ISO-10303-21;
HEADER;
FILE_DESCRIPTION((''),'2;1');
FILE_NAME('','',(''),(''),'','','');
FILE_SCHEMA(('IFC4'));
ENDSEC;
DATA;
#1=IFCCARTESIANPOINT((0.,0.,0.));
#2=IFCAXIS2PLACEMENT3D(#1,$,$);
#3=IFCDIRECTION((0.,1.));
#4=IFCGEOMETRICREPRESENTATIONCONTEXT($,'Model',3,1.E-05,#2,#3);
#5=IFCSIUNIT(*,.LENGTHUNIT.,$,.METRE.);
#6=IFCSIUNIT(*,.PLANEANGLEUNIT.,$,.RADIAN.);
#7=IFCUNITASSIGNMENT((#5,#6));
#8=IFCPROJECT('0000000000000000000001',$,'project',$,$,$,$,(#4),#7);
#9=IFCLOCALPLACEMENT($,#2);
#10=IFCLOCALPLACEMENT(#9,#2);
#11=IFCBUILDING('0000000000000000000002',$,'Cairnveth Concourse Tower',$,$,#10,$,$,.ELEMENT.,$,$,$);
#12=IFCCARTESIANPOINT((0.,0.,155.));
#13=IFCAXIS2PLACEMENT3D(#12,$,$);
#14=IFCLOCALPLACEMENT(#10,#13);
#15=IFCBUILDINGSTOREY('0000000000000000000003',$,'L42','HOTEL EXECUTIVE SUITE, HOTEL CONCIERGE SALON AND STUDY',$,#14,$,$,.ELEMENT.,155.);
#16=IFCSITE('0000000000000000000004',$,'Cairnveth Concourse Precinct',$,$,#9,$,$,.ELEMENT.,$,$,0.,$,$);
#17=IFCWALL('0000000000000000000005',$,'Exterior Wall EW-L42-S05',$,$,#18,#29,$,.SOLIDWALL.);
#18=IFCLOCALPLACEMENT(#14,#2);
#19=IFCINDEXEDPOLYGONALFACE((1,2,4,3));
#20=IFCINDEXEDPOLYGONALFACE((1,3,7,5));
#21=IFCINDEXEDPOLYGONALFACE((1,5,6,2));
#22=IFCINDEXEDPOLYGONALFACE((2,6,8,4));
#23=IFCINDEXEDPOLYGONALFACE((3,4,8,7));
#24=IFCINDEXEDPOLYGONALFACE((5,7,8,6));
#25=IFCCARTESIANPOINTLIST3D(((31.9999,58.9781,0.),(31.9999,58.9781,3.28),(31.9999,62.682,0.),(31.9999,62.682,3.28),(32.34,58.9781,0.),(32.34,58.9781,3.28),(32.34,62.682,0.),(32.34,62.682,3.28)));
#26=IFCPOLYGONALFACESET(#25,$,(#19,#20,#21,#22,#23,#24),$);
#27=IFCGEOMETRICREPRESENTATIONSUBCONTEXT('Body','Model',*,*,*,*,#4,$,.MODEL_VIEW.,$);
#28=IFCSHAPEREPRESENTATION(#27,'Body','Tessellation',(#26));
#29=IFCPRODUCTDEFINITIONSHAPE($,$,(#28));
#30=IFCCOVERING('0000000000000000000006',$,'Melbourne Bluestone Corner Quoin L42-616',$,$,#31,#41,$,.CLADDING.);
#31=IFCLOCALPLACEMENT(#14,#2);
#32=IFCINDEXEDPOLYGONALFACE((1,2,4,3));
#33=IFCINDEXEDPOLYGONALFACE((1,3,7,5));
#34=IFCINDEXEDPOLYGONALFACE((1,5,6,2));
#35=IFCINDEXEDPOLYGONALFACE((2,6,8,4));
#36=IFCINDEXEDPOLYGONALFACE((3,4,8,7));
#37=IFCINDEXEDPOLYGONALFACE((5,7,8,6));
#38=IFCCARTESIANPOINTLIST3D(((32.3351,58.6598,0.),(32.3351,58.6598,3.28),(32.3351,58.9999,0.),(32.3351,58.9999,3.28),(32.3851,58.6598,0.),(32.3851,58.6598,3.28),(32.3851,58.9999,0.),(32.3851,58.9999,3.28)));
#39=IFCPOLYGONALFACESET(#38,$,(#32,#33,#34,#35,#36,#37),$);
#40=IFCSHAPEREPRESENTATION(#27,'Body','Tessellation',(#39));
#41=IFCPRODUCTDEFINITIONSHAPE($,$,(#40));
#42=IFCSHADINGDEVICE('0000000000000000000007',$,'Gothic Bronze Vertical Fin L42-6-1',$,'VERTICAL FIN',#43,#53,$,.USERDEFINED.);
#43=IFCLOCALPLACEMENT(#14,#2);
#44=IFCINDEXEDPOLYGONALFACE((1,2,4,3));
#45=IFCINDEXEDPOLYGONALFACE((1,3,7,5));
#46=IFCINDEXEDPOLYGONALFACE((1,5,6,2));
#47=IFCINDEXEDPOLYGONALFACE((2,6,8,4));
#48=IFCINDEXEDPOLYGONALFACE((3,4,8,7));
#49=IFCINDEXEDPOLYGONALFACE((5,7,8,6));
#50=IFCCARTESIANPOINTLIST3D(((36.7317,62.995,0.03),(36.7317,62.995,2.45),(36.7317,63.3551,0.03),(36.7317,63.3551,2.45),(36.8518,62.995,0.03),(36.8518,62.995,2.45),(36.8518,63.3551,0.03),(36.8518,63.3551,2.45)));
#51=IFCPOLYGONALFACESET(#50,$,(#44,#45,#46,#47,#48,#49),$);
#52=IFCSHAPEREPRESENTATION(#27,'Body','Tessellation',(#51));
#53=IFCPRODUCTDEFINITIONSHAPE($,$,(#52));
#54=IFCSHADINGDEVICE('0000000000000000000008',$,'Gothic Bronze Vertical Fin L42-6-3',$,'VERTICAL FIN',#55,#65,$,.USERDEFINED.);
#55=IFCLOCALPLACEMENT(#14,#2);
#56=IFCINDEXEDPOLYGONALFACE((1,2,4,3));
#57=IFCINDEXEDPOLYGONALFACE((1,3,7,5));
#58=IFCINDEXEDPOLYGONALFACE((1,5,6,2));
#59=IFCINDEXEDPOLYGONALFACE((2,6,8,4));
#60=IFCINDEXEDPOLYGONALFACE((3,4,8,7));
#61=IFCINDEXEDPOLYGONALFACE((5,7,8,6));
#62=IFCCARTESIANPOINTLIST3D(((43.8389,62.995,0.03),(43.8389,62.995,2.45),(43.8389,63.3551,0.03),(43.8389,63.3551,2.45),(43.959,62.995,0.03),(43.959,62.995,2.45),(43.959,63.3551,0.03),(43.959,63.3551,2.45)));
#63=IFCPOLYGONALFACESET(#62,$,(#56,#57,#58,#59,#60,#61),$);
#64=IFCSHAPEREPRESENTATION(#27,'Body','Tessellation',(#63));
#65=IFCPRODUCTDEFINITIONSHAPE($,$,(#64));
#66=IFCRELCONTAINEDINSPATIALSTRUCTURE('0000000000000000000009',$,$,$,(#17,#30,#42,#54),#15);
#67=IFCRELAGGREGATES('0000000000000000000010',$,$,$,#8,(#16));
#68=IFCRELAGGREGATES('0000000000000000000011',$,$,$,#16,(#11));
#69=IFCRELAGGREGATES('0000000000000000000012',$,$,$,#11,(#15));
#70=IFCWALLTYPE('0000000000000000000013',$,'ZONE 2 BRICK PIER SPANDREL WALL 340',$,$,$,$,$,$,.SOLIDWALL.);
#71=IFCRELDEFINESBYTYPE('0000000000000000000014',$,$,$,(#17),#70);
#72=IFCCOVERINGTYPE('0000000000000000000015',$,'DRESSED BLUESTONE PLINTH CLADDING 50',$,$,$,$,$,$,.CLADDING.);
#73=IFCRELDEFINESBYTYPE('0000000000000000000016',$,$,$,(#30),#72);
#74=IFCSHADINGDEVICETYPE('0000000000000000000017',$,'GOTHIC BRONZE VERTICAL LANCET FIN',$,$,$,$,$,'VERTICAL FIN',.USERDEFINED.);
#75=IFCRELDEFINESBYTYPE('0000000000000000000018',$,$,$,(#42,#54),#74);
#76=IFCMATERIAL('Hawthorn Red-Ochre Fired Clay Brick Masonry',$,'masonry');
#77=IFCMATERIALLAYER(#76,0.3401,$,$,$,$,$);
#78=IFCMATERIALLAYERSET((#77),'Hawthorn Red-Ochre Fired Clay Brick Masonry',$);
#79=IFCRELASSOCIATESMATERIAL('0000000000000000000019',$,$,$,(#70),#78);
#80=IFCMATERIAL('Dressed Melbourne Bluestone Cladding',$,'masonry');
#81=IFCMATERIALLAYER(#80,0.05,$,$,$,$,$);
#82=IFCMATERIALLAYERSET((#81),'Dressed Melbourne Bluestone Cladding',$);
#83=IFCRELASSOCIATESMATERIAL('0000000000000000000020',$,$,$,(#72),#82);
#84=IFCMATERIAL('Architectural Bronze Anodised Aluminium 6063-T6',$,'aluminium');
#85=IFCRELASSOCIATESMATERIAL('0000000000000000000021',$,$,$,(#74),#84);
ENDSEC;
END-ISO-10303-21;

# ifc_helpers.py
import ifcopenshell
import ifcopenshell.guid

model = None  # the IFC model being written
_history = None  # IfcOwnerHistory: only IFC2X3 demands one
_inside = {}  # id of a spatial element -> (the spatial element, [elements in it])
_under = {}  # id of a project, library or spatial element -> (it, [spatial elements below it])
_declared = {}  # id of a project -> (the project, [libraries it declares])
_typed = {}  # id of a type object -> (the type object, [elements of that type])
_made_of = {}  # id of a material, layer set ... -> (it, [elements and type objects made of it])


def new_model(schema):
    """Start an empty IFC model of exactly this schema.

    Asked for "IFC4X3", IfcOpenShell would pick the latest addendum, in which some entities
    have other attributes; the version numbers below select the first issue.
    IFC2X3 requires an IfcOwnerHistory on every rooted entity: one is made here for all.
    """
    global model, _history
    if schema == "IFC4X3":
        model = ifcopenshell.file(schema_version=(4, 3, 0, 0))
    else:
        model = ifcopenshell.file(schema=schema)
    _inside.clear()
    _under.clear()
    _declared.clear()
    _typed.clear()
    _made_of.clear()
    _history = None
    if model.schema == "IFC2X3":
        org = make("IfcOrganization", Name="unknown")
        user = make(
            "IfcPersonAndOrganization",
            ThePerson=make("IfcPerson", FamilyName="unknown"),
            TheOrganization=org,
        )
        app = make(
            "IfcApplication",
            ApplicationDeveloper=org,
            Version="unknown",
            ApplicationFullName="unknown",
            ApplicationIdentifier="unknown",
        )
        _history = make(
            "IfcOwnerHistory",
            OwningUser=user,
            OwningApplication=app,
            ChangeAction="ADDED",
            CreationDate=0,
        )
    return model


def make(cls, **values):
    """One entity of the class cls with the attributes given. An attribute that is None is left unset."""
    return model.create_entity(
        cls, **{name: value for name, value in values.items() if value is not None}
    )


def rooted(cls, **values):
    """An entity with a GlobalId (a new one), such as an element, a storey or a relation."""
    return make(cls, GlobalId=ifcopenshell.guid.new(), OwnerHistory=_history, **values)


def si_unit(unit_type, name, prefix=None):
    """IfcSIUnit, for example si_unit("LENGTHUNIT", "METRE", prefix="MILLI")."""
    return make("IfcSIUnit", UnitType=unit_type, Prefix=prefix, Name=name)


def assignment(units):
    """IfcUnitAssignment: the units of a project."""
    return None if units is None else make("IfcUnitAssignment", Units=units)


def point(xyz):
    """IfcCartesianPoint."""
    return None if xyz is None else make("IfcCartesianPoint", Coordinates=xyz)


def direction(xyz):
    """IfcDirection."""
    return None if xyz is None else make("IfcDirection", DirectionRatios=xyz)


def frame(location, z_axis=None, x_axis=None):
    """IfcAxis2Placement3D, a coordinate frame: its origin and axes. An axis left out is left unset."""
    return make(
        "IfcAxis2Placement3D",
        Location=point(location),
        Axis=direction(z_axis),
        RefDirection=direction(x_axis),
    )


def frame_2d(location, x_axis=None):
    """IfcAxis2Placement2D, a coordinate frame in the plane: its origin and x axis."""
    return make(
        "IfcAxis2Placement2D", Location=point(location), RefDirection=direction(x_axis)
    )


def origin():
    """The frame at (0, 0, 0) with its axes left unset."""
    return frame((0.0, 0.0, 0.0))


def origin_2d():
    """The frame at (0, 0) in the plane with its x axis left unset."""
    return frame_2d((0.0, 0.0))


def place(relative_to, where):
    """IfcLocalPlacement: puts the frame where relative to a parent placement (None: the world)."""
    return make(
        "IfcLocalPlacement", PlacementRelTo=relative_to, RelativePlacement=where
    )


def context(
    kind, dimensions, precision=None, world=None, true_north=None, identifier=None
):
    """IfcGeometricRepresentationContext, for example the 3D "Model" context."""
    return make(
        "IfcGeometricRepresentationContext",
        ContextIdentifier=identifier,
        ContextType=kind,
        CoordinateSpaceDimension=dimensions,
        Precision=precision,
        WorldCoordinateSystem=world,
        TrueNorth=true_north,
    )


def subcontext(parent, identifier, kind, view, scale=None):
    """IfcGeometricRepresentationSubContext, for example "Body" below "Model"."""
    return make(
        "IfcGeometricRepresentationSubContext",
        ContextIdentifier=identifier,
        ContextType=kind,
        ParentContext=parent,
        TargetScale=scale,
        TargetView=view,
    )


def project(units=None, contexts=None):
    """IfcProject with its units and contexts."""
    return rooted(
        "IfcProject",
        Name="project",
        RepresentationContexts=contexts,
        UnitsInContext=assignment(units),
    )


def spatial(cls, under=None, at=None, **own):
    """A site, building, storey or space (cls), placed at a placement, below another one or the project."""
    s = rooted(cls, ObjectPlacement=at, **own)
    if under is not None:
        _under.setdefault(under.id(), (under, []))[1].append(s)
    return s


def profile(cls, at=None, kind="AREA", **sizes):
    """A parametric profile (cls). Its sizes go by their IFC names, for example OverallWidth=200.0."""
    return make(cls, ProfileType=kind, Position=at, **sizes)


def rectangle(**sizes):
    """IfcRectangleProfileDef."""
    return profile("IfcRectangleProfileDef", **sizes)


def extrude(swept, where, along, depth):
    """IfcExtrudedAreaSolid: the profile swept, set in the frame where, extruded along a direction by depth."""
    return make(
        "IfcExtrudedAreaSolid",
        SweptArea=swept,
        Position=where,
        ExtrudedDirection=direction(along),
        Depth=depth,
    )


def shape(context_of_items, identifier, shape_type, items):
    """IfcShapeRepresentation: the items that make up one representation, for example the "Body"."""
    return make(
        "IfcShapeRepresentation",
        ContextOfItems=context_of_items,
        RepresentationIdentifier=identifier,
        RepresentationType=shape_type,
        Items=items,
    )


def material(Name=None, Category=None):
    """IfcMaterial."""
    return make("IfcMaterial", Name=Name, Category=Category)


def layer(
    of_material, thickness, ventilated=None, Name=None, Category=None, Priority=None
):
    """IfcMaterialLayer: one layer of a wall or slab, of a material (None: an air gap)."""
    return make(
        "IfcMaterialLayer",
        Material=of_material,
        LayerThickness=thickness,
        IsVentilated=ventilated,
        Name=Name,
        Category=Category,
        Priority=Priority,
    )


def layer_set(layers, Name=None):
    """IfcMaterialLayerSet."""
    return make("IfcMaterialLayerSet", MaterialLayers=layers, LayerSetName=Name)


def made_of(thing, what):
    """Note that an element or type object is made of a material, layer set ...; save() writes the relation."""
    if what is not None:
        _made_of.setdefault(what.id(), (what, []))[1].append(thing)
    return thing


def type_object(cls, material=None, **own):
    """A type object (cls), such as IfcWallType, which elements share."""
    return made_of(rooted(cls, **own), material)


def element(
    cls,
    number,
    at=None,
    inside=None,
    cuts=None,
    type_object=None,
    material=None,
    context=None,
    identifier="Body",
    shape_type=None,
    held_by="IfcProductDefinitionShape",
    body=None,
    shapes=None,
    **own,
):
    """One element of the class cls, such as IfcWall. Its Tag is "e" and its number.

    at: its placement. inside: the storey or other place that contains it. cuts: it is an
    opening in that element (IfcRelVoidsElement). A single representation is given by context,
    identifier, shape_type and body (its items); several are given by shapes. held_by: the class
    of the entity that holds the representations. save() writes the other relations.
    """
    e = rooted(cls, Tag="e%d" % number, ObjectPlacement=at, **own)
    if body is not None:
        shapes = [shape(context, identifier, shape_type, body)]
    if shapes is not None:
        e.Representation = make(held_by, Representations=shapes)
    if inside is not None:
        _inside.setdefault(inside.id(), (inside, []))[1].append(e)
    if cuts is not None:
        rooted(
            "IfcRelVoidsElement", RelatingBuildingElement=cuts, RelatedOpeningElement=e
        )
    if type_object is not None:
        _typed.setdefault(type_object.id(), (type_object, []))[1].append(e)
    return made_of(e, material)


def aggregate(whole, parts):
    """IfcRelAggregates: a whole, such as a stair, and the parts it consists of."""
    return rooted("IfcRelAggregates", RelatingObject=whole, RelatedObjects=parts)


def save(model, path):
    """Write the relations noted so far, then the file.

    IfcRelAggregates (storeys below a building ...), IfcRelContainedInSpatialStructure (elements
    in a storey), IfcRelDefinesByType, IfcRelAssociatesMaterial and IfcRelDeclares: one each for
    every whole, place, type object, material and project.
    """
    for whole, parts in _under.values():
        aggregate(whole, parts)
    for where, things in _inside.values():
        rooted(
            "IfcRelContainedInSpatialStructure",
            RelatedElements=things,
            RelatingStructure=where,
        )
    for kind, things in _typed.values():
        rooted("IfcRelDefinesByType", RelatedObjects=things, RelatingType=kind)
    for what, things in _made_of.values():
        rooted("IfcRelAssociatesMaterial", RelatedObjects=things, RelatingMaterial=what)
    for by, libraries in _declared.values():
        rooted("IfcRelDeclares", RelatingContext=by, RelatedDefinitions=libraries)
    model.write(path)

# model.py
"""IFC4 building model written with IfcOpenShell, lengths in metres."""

from ifc_helpers import new_model, si_unit, direction, frame, frame_2d, origin, origin_2d, place, context, subcontext, project, spatial, rectangle, extrude, material, layer, layer_set, type_object, element, save


model = new_model("IFC4")

# Units and contexts
model_context = context("Model", 3, precision=1e-05, world=origin(), true_north=direction((0.0, 1.0)))
body_context = subcontext(model_context, "Body", "Model", "MODEL_VIEW")
ifc_project = project(units=[si_unit("LENGTHUNIT", "METRE"), si_unit("PLANEANGLEUNIT", "RADIAN")], contexts=[model_context])

# Site, building, storey
site_placement = place(None, origin())
site = spatial("IfcSite", under=ifc_project, at=site_placement, Name="Cairnveth Concourse Precinct", CompositionType="ELEMENT", RefElevation=0.0)
building_placement = place(site_placement, origin())
building = spatial("IfcBuilding", under=site, at=building_placement, Name="Cairnveth Concourse Tower", CompositionType="ELEMENT")
storey_placement = place(building_placement, frame((0.0, 0.0, 155.0)))
storey = spatial("IfcBuildingStorey", under=building, at=storey_placement, Name="L42", Description="HOTEL EXECUTIVE SUITE, HOTEL CONCIERGE SALON AND STUDY", CompositionType="ELEMENT", Elevation=155.0)

# Wall
ifc_material_1 = material(Name="Hawthorn Red-Ochre Fired Clay Brick Masonry", Category="masonry")
ifc_layer_1 = layer(ifc_material_1, 0.3401)
ifc_layer_set_1 = layer_set([ifc_layer_1], Name="Hawthorn Red-Ochre Fired Clay Brick Masonry")
wall_type_1 = type_object("IfcWallType", Name="ZONE 2 BRICK PIER SPANDREL WALL 340", PredefinedType="SOLIDWALL", material=ifc_layer_set_1)
wall_1_placement = place(storey_placement, frame((32.1699, 58.978, 0.0), z_axis=(0.0, 0.0, 1.0), x_axis=(0.0, 1.0, 0.0)))
element("IfcWall", 1, at=wall_1_placement, inside=storey, type_object=wall_type_1, Name="Exterior Wall EW-L42-S05", PredefinedType="SOLIDWALL", context=body_context, shape_type="SweptSolid", body=[
    extrude(rectangle(XDim=3.7039, YDim=0.3401, at=frame_2d((1.8521, 0.0))), origin(), (0.0, 0.0, 1.0), 3.28),
])

# Covering
ifc_material_2 = material(Name="Dressed Melbourne Bluestone Cladding", Category="masonry")
ifc_layer_2 = layer(ifc_material_2, 0.05)
ifc_layer_set_2 = layer_set([ifc_layer_2], Name="Dressed Melbourne Bluestone Cladding")
covering_type = type_object("IfcCoveringType", Name="DRESSED BLUESTONE PLINTH CLADDING 50", PredefinedType="CLADDING", material=ifc_layer_set_2)
covering_placement = place(storey_placement, frame((32.3601, 58.6599, 0.0), z_axis=(0.0, 0.0, 1.0), x_axis=(0.0, 1.0, 0.0)))
element("IfcCovering", 2, at=covering_placement, inside=storey, type_object=covering_type, Name="Melbourne Bluestone Corner Quoin L42-616", PredefinedType="CLADDING", context=body_context, shape_type="SweptSolid", body=[
    extrude(rectangle(XDim=0.3401, YDim=0.05, at=frame_2d((0.1699, 0.0))), origin(), (0.0, 0.0, 1.0), 3.28),
])

# Shading devices
ifc_material_3 = material(Name="Architectural Bronze Anodised Aluminium 6063-T6", Category="aluminium")
shading_device_type = type_object("IfcShadingDeviceType", Name="GOTHIC BRONZE VERTICAL LANCET FIN", ElementType="VERTICAL FIN", PredefinedType="USERDEFINED", material=ifc_material_3)
for number, where, z_axis, x_axis, name in (
    (3, (36.7917, 63.175, 0.03), (0.0, 0.0, 1.0), (1.0, 0.0, 0.0), "Gothic Bronze Vertical Fin L42-6-1"),
    (4, (43.8989, 63.175, 0.03), (0.0, 0.0, 1.0), (1.0, 0.0, 0.0), "Gothic Bronze Vertical Fin L42-6-3"),
):
    element("IfcShadingDevice", number, at=place(storey_placement, frame(where, z_axis=z_axis, x_axis=x_axis)), inside=storey, type_object=shading_device_type, Name=name, ObjectType="VERTICAL FIN", PredefinedType="USERDEFINED", context=body_context, shape_type="SweptSolid", body=[
        extrude(rectangle(XDim=0.1201, YDim=0.3601, at=origin_2d()), origin(), (0.0, 0.0, 1.0), 2.4199),
    ])

save(model, "model.ifc")
